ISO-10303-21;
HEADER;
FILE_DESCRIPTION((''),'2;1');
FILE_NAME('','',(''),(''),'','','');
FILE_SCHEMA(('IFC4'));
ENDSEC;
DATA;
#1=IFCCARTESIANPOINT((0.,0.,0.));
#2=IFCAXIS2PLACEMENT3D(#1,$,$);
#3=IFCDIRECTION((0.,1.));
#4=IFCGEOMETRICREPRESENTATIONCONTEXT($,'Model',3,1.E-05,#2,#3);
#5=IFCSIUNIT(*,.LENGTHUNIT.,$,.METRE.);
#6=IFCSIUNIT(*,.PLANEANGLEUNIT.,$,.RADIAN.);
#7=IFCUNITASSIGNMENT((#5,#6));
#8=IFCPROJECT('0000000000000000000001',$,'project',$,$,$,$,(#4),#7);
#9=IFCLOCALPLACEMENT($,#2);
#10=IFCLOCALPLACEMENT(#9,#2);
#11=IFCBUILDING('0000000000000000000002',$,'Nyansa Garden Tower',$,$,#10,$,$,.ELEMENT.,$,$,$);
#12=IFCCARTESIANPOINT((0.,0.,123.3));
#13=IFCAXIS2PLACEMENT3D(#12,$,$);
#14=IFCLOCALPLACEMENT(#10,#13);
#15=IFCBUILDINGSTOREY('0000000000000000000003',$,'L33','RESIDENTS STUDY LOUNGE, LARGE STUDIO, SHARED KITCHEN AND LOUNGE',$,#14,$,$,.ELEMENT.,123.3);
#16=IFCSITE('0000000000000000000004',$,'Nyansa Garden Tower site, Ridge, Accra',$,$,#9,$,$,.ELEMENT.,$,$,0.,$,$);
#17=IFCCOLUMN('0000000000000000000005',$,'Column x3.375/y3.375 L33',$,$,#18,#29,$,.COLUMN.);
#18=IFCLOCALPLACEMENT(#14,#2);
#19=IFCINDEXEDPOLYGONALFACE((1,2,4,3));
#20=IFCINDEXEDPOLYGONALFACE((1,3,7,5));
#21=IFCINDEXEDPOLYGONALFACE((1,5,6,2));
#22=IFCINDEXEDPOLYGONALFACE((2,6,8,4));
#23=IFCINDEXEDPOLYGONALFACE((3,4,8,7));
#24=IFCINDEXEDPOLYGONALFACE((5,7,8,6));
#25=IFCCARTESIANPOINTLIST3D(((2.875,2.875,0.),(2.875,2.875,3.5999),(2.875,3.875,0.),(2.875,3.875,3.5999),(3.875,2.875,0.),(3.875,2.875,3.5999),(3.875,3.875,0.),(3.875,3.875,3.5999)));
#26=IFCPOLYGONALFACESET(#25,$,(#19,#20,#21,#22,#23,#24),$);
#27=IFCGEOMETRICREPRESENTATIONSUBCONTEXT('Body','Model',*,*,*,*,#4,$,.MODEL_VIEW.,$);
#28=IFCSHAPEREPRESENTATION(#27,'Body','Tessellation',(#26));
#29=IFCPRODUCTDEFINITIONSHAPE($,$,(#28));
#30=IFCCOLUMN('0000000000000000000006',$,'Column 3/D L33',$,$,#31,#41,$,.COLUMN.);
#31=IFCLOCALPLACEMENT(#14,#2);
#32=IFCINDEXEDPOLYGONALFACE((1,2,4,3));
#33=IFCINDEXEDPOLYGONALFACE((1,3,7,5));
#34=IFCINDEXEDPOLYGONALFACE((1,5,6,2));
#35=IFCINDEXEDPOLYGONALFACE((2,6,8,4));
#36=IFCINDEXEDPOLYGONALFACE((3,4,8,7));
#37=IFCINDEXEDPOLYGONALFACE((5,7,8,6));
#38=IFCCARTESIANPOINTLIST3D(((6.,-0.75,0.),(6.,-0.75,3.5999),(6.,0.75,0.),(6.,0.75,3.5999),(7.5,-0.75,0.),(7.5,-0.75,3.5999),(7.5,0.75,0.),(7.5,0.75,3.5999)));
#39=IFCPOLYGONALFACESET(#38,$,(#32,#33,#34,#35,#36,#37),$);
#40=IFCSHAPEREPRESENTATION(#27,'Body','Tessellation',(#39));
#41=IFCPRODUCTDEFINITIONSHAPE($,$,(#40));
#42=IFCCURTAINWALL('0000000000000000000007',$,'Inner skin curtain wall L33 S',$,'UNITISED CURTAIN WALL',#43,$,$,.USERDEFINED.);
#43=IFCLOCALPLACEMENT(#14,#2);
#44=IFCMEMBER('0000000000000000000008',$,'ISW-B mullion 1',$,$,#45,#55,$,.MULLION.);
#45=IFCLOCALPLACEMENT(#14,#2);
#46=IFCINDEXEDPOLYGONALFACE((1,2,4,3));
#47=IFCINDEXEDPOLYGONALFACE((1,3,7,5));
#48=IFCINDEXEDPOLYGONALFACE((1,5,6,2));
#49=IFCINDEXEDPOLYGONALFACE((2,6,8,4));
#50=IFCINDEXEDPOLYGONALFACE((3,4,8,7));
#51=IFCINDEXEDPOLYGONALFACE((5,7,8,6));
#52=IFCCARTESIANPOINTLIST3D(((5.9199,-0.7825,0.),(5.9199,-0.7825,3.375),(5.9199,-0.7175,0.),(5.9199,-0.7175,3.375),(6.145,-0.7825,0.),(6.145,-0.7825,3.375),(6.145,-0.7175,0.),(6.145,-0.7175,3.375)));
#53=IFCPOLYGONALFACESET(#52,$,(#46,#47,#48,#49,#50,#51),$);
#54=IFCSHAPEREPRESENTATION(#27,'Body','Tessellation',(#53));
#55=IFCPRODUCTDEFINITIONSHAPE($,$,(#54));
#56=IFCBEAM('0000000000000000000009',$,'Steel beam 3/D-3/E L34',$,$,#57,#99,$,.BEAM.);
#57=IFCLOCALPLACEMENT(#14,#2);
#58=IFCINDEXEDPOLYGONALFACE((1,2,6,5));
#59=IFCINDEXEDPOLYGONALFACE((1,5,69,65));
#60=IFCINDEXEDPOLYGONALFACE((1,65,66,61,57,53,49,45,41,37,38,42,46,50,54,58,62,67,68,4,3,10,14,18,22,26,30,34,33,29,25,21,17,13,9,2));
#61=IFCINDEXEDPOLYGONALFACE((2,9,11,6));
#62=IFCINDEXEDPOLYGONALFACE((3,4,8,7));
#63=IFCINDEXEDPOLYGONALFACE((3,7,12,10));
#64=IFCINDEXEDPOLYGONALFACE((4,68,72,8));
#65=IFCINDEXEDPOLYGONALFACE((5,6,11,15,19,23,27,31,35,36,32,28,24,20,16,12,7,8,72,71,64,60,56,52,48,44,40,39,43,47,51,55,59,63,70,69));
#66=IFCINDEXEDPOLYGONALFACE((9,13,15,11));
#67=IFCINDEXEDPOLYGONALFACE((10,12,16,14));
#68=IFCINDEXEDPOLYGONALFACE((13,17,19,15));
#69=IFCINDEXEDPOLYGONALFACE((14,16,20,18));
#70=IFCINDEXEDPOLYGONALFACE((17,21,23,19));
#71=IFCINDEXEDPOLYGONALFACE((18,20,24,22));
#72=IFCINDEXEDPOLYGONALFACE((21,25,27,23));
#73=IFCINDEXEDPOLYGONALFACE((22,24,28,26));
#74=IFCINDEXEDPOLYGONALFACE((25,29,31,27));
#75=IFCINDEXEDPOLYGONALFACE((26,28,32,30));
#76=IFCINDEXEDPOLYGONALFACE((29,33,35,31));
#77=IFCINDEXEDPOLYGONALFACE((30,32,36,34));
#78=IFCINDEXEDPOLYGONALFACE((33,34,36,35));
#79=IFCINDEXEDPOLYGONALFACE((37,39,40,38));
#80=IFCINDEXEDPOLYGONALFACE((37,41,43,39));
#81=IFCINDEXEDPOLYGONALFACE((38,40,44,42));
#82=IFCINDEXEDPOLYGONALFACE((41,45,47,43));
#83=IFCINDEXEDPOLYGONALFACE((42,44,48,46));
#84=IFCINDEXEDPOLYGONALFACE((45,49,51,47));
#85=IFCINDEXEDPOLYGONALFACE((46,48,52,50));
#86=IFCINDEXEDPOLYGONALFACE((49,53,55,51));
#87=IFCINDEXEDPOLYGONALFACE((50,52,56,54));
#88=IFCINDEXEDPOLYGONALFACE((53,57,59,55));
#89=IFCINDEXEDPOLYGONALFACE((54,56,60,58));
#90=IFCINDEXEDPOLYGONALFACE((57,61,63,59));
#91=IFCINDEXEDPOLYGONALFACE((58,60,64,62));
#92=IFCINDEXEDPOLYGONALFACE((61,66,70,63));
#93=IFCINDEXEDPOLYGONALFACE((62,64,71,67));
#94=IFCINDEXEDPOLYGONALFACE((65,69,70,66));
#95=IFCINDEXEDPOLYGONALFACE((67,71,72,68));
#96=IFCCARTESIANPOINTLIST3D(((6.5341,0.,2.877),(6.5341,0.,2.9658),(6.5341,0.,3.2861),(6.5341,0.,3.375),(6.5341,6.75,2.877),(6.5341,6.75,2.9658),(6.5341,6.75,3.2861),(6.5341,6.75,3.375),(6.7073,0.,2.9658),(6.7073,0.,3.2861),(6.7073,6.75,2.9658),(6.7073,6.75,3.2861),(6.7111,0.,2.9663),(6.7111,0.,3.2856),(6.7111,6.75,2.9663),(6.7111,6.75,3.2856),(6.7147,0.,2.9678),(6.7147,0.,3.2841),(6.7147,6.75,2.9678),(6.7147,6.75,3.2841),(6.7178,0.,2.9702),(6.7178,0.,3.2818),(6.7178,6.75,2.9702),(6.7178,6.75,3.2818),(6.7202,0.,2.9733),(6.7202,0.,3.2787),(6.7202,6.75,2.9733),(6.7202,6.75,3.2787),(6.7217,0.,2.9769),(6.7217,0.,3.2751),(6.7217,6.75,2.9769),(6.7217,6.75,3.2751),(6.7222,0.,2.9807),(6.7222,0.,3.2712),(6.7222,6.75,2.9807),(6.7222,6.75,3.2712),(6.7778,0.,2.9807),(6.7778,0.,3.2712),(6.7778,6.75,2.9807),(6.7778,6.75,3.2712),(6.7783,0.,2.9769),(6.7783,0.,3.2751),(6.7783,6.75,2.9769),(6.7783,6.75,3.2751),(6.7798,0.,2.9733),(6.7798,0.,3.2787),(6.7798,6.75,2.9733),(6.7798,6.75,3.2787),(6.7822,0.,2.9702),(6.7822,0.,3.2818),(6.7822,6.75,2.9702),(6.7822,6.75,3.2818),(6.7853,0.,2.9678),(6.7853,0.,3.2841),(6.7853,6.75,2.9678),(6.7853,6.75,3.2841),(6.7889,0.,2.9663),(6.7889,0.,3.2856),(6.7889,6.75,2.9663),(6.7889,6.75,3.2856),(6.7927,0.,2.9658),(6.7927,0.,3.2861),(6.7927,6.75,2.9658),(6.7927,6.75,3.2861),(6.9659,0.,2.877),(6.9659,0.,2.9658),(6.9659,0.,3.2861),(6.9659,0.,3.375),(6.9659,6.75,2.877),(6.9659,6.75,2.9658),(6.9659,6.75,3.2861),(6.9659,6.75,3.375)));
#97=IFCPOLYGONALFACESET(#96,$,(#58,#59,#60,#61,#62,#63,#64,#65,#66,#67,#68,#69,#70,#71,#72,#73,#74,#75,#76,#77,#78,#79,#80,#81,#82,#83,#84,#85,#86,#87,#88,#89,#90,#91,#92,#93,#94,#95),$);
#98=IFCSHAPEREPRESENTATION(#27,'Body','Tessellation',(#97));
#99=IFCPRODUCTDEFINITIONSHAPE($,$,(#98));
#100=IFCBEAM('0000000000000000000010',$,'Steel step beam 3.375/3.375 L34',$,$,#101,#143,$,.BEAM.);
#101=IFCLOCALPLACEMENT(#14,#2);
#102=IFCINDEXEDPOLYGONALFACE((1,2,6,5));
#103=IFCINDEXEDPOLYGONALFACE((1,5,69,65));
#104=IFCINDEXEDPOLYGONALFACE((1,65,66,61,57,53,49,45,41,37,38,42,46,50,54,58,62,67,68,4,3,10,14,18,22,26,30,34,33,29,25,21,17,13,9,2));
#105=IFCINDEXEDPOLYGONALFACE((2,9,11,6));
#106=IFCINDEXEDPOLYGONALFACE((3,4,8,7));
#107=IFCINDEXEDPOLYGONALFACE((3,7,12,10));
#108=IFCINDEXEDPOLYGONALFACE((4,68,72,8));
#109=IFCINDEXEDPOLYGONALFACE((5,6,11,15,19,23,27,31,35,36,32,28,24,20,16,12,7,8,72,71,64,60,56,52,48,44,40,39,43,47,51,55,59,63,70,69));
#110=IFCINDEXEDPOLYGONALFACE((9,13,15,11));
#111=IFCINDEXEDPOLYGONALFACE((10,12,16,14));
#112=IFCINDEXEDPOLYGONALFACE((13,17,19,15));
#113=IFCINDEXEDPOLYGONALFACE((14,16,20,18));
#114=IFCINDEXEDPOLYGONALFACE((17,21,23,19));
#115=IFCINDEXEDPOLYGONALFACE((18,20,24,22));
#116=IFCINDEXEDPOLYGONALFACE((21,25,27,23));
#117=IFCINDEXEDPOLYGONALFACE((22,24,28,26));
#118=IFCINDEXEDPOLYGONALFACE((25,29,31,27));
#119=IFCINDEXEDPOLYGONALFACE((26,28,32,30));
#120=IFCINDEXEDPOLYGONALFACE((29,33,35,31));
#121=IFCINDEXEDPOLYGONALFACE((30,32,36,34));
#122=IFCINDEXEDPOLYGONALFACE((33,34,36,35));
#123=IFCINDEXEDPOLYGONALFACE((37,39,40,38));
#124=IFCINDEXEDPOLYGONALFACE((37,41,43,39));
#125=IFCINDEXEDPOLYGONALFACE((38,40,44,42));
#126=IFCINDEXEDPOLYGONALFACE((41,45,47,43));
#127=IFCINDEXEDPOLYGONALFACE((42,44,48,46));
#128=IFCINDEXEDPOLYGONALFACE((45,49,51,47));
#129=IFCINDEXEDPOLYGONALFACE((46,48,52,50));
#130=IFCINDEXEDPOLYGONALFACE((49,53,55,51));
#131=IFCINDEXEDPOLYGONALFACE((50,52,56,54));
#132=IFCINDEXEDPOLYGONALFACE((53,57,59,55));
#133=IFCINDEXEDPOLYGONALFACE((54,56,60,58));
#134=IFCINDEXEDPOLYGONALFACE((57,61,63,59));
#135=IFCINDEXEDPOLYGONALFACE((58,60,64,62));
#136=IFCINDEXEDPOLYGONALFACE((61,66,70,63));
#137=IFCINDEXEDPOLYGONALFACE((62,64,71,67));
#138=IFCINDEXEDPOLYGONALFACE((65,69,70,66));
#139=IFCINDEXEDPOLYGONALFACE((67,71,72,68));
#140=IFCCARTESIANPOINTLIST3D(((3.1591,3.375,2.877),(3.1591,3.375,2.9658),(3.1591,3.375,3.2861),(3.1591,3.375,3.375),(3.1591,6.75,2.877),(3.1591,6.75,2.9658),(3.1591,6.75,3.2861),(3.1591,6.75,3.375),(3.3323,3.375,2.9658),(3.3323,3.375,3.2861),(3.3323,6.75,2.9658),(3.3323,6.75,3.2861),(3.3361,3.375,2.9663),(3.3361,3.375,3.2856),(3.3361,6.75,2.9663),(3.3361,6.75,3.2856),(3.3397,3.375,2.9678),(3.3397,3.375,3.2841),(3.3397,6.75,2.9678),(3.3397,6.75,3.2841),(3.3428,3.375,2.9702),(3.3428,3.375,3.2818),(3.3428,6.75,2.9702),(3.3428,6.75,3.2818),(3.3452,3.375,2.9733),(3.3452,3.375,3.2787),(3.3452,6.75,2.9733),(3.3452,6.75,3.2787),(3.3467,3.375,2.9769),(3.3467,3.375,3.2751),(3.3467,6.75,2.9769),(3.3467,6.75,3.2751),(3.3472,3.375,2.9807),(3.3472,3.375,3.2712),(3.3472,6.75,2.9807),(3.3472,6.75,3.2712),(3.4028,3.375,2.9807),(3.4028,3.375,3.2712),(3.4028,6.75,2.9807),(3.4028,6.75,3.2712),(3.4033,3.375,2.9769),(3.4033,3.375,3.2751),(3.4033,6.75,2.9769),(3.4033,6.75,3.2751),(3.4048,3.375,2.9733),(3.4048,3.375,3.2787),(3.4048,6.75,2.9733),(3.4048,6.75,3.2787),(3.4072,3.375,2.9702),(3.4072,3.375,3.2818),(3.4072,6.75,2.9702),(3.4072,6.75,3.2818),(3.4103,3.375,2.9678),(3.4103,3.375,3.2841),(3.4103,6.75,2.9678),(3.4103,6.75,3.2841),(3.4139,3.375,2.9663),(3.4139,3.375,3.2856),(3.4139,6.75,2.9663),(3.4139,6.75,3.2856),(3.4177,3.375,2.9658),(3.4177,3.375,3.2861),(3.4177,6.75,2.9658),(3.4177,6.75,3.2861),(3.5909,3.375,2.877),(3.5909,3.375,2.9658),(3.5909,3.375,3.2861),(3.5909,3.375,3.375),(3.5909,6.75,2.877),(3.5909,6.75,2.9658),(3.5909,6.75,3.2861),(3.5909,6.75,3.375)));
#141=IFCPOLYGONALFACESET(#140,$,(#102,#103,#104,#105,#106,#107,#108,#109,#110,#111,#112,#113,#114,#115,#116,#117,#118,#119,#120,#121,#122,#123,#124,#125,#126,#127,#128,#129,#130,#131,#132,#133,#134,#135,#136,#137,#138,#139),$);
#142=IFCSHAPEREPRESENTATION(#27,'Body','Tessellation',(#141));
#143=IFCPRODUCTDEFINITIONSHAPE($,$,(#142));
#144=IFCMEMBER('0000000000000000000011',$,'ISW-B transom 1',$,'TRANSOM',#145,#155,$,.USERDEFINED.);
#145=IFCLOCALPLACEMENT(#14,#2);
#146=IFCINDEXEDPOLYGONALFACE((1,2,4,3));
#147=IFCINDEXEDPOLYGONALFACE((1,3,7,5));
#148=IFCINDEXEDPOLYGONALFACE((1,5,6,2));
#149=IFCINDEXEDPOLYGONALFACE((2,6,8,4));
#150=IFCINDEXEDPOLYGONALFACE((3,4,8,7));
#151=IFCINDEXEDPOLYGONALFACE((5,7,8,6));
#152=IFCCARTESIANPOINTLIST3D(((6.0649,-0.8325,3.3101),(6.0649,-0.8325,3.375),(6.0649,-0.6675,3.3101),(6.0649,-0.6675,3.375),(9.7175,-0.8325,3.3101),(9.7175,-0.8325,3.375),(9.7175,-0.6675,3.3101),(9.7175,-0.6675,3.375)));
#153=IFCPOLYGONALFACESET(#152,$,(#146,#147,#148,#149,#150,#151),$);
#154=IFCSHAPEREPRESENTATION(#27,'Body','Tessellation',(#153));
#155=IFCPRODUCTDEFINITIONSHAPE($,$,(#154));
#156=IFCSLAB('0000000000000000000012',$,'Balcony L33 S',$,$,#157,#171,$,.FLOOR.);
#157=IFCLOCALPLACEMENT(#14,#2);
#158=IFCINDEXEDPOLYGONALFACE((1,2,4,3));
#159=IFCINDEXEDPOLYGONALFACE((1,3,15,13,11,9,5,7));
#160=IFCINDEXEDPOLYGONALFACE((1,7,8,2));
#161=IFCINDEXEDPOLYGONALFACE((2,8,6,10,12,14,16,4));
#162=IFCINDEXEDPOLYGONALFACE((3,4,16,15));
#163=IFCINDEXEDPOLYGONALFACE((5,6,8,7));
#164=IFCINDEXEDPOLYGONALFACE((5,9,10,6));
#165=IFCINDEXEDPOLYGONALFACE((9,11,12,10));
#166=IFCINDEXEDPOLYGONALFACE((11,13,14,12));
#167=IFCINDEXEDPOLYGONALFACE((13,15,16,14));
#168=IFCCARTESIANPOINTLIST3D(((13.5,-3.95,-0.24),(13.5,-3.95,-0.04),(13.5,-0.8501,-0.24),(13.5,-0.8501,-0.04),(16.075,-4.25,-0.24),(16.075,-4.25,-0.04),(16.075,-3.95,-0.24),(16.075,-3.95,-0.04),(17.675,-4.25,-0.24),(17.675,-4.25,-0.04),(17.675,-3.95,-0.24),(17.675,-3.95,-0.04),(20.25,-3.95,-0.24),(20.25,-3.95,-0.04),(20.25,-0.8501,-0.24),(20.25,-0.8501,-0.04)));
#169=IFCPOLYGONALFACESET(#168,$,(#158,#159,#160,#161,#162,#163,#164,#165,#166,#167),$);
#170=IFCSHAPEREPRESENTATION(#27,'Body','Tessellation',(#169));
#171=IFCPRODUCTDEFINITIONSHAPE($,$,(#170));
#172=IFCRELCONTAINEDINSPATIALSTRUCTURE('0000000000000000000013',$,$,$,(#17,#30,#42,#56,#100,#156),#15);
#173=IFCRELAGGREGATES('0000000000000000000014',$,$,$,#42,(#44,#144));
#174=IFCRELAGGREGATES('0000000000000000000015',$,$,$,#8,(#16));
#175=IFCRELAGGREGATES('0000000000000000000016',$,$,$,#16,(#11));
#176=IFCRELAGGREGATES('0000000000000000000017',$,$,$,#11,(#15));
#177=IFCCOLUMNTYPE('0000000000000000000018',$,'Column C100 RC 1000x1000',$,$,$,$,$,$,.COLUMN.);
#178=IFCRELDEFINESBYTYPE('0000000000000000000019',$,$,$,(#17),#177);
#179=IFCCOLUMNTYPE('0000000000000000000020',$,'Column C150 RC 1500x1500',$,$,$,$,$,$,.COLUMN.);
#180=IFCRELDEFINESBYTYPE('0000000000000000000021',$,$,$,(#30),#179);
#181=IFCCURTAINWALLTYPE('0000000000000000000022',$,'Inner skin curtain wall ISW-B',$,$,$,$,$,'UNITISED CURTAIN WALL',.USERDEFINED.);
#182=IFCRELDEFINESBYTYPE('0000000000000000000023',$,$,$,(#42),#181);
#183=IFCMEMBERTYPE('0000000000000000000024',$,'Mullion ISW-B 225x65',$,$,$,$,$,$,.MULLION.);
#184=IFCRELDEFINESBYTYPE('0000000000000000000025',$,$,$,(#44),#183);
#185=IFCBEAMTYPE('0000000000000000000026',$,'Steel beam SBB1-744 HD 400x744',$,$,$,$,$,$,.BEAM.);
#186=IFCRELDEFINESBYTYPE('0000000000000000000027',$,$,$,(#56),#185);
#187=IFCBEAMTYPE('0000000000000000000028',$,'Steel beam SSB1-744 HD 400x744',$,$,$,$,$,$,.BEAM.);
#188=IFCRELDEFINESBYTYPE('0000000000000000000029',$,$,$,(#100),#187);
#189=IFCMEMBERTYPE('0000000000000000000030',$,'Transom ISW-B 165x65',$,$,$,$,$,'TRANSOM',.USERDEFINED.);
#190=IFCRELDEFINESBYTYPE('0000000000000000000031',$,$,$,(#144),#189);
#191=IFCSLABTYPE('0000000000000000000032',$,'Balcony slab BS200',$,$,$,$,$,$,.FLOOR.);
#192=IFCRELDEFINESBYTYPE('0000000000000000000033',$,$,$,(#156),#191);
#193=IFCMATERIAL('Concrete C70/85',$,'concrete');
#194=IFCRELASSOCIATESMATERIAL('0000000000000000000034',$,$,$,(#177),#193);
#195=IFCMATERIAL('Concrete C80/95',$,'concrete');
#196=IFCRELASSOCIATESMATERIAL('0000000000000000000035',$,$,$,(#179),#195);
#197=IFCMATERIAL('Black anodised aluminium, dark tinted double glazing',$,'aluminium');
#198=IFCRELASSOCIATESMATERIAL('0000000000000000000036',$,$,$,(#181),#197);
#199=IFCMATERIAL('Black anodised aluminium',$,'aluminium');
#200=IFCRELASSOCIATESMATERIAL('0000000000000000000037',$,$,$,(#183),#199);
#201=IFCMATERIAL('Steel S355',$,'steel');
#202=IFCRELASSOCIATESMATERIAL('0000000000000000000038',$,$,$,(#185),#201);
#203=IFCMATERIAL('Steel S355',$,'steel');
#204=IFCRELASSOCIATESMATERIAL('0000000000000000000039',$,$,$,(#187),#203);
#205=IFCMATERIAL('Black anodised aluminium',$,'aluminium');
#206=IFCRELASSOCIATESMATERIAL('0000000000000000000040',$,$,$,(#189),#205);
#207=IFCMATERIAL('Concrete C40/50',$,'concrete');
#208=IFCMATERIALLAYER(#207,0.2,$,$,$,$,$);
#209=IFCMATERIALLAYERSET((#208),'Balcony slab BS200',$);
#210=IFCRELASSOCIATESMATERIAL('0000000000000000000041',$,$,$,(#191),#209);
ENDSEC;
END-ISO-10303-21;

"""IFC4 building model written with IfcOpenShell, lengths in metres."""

from ifc_helpers import new_model, si_unit, direction, frame, origin, origin_2d, place, context, subcontext, project, spatial, polyline, rectangle, i_section, outline, extrude, material, layer, layer_set, material_profile, profile_set, type_object, element, aggregate, save


model = new_model("IFC4")

# Units and contexts
model_context = context("Model", 3, precision=1e-05, world=origin(), true_north=direction((0.0, 1.0)))
body_context = subcontext(model_context, "Body", "Model", "MODEL_VIEW")
ifc_project = project(units=[si_unit("LENGTHUNIT", "METRE"), si_unit("PLANEANGLEUNIT", "RADIAN")], contexts=[model_context])

# Site, building, storey
site_placement = place(None, origin())
site = spatial("IfcSite", under=ifc_project, at=site_placement, Name="Nyansa Garden Tower site, Ridge, Accra", CompositionType="ELEMENT", RefElevation=0.0)
building_placement = place(site_placement, origin())
building = spatial("IfcBuilding", under=site, at=building_placement, Name="Nyansa Garden Tower", CompositionType="ELEMENT")
storey_placement = place(building_placement, frame((0.0, 0.0, 123.3)))
storey = spatial("IfcBuildingStorey", under=building, at=storey_placement, Name="L33", Description="RESIDENTS STUDY LOUNGE, LARGE STUDIO, SHARED KITCHEN AND LOUNGE", CompositionType="ELEMENT", Elevation=123.3)

# Columns
ifc_material_1 = material(Name="Concrete C70/85", Category="concrete")
ifc_material_profile_1 = material_profile(ifc_material_1, rectangle(XDim=1.0, YDim=1.0, at=origin_2d()), Name="RC 1000x1000")
ifc_profile_set_1 = profile_set([ifc_material_profile_1], Name="Concrete C70/85")
column_type_1 = type_object("IfcColumnType", Name="Column C100 RC 1000x1000", PredefinedType="COLUMN", material=ifc_profile_set_1)
column_1_placement = place(storey_placement, frame((3.375, 3.375, 0.0), z_axis=(0.0, 0.0, 1.0), x_axis=(1.0, 0.0, 0.0)))
element("IfcColumn", 1, at=column_1_placement, inside=storey, type_object=column_type_1, Name="Column x3.375/y3.375 L33", PredefinedType="COLUMN", context=body_context, shape_type="SweptSolid", body=[
    extrude(rectangle(XDim=1.0, YDim=1.0, at=origin_2d()), origin(), (0.0, 0.0, 1.0), 3.5999),
])
ifc_material_2 = material(Name="Concrete C80/95", Category="concrete")
ifc_material_profile_2 = material_profile(ifc_material_2, rectangle(XDim=1.5, YDim=1.5, at=origin_2d()), Name="RC 1500x1500")
ifc_profile_set_2 = profile_set([ifc_material_profile_2], Name="Concrete C80/95")
column_type_2 = type_object("IfcColumnType", Name="Column C150 RC 1500x1500", PredefinedType="COLUMN", material=ifc_profile_set_2)
column_2_placement = place(storey_placement, frame((6.75, 0.0, 0.0), z_axis=(0.0, 0.0, 1.0), x_axis=(1.0, 0.0, 0.0)))
element("IfcColumn", 2, at=column_2_placement, inside=storey, type_object=column_type_2, Name="Column 3/D L33", PredefinedType="COLUMN", context=body_context, shape_type="SweptSolid", body=[
    extrude(rectangle(XDim=1.5, YDim=1.5, at=origin_2d()), origin(), (0.0, 0.0, 1.0), 3.5999),
])

# Curtain wall, member
ifc_material_3 = material(Name="Black anodised aluminium, dark tinted double glazing", Category="aluminium")
curtain_wall_type = type_object("IfcCurtainWallType", Name="Inner skin curtain wall ISW-B", ElementType="UNITISED CURTAIN WALL", PredefinedType="USERDEFINED", material=ifc_material_3)
curtain_wall_placement = place(storey_placement, origin())
curtain_wall = element("IfcCurtainWall", 3, at=curtain_wall_placement, inside=storey, type_object=curtain_wall_type, Name="Inner skin curtain wall L33 S", ObjectType="UNITISED CURTAIN WALL", PredefinedType="USERDEFINED")
ifc_material_4 = material(Name="Black anodised aluminium", Category="aluminium")
ifc_material_profile_3 = material_profile(ifc_material_4, rectangle(XDim=0.0649, YDim=0.2251, at=origin_2d()), Name="Mullion 225x65")
ifc_profile_set_3 = profile_set([ifc_material_profile_3], Name="Black anodised aluminium")
member_type_1 = type_object("IfcMemberType", Name="Mullion ISW-B 225x65", PredefinedType="MULLION", material=ifc_profile_set_3)
member_1_placement = place(storey_placement, frame((6.0325, -0.75, 0.0), z_axis=(0.0, 0.0, 1.0), x_axis=(0.0, 1.0, 0.0)))
member_1 = element("IfcMember", 4, at=member_1_placement, type_object=member_type_1, Name="ISW-B mullion 1", PredefinedType="MULLION", context=body_context, shape_type="SweptSolid", body=[
    extrude(rectangle(XDim=0.0649, YDim=0.2251, at=origin_2d()), origin(), (0.0, 0.0, 1.0), 3.375),
])

# Beams
ifc_material_5 = material(Name="Steel S355", Category="steel")
ifc_material_profile_4 = material_profile(ifc_material_5, i_section(OverallWidth=0.4319, OverallDepth=0.498, WebThickness=0.0557, FlangeThickness=0.0889, FilletRadius=0.0149, at=origin_2d()), Name="HD 400x744")
ifc_profile_set_4 = profile_set([ifc_material_profile_4], Name="Steel S355")
beam_type_1 = type_object("IfcBeamType", Name="Steel beam SBB1-744 HD 400x744", PredefinedType="BEAM", material=ifc_profile_set_4)
beam_1_placement = place(storey_placement, frame((6.75, 0.0, 3.126), z_axis=(0.0, 1.0, 0.0), x_axis=(-1.0, 0.0, 0.0)))
element("IfcBeam", 5, at=beam_1_placement, inside=storey, type_object=beam_type_1, Name="Steel beam 3/D-3/E L34", PredefinedType="BEAM", context=body_context, shape_type="SweptSolid", body=[
    extrude(i_section(OverallWidth=0.4319, OverallDepth=0.498, WebThickness=0.0557, FlangeThickness=0.0889, FilletRadius=0.0149, at=origin_2d()), origin(), (0.0, 0.0, 1.0), 6.75),
])
ifc_material_6 = material(Name="Steel S355", Category="steel")
ifc_material_profile_5 = material_profile(ifc_material_6, i_section(OverallWidth=0.4319, OverallDepth=0.498, WebThickness=0.0557, FlangeThickness=0.0889, FilletRadius=0.0149, at=origin_2d()), Name="HD 400x744")
ifc_profile_set_5 = profile_set([ifc_material_profile_5], Name="Steel S355")
beam_type_2 = type_object("IfcBeamType", Name="Steel beam SSB1-744 HD 400x744", PredefinedType="BEAM", material=ifc_profile_set_5)
beam_2_placement = place(storey_placement, frame((3.375, 3.375, 3.126), z_axis=(0.0, 1.0, 0.0), x_axis=(-1.0, 0.0, 0.0)))
element("IfcBeam", 6, at=beam_2_placement, inside=storey, type_object=beam_type_2, Name="Steel step beam 3.375/3.375 L34", PredefinedType="BEAM", context=body_context, shape_type="SweptSolid", body=[
    extrude(i_section(OverallWidth=0.4319, OverallDepth=0.498, WebThickness=0.0557, FlangeThickness=0.0889, FilletRadius=0.0149, at=origin_2d()), origin(), (0.0, 0.0, 1.0), 3.375),
])

# Member
ifc_material_7 = material(Name="Black anodised aluminium", Category="aluminium")
ifc_material_profile_6 = material_profile(ifc_material_7, rectangle(XDim=0.165, YDim=0.0649, at=origin_2d()), Name="Transom 165x65")
ifc_profile_set_6 = profile_set([ifc_material_profile_6], Name="Black anodised aluminium")
member_type_2 = type_object("IfcMemberType", Name="Transom ISW-B 165x65", ElementType="TRANSOM", PredefinedType="USERDEFINED", material=ifc_profile_set_6)
member_2_placement = place(storey_placement, frame((6.0649, -0.75, 3.3425), z_axis=(1.0, 0.0, 0.0), x_axis=(0.0, 1.0, 0.0)))
member_2 = element("IfcMember", 7, at=member_2_placement, type_object=member_type_2, Name="ISW-B transom 1", ObjectType="TRANSOM", PredefinedType="USERDEFINED", context=body_context, shape_type="SweptSolid", body=[
    extrude(rectangle(XDim=0.165, YDim=0.0649, at=origin_2d()), origin(), (0.0, 0.0, 1.0), 3.6526),
])
aggregate(curtain_wall, [member_1, member_2])

# Slab
ifc_material_8 = material(Name="Concrete C40/50", Category="concrete")
ifc_layer_1 = layer(ifc_material_8, 0.2)
ifc_layer_set_1 = layer_set([ifc_layer_1], Name="Balcony slab BS200")
slab_type_1 = type_object("IfcSlabType", Name="Balcony slab BS200", PredefinedType="FLOOR", material=ifc_layer_set_1)
slab_1_placement = place(storey_placement, frame((0.0, 0.0, -0.24)))
element("IfcSlab", 8, at=slab_1_placement, inside=storey, type_object=slab_type_1, Name="Balcony L33 S", PredefinedType="FLOOR", context=body_context, shape_type="SweptSolid", body=[
    extrude(outline(polyline([(13.5, -0.8501), (20.25, -0.8501), (20.25, -3.95), (17.675, -3.95), (17.675, -4.25), (16.075, -4.25), (16.075, -3.95), (13.5, -3.95), (13.5, -0.8501)])), origin(), (0.0, 0.0, 1.0), 0.2),
])

save(model, "model.ifc")
